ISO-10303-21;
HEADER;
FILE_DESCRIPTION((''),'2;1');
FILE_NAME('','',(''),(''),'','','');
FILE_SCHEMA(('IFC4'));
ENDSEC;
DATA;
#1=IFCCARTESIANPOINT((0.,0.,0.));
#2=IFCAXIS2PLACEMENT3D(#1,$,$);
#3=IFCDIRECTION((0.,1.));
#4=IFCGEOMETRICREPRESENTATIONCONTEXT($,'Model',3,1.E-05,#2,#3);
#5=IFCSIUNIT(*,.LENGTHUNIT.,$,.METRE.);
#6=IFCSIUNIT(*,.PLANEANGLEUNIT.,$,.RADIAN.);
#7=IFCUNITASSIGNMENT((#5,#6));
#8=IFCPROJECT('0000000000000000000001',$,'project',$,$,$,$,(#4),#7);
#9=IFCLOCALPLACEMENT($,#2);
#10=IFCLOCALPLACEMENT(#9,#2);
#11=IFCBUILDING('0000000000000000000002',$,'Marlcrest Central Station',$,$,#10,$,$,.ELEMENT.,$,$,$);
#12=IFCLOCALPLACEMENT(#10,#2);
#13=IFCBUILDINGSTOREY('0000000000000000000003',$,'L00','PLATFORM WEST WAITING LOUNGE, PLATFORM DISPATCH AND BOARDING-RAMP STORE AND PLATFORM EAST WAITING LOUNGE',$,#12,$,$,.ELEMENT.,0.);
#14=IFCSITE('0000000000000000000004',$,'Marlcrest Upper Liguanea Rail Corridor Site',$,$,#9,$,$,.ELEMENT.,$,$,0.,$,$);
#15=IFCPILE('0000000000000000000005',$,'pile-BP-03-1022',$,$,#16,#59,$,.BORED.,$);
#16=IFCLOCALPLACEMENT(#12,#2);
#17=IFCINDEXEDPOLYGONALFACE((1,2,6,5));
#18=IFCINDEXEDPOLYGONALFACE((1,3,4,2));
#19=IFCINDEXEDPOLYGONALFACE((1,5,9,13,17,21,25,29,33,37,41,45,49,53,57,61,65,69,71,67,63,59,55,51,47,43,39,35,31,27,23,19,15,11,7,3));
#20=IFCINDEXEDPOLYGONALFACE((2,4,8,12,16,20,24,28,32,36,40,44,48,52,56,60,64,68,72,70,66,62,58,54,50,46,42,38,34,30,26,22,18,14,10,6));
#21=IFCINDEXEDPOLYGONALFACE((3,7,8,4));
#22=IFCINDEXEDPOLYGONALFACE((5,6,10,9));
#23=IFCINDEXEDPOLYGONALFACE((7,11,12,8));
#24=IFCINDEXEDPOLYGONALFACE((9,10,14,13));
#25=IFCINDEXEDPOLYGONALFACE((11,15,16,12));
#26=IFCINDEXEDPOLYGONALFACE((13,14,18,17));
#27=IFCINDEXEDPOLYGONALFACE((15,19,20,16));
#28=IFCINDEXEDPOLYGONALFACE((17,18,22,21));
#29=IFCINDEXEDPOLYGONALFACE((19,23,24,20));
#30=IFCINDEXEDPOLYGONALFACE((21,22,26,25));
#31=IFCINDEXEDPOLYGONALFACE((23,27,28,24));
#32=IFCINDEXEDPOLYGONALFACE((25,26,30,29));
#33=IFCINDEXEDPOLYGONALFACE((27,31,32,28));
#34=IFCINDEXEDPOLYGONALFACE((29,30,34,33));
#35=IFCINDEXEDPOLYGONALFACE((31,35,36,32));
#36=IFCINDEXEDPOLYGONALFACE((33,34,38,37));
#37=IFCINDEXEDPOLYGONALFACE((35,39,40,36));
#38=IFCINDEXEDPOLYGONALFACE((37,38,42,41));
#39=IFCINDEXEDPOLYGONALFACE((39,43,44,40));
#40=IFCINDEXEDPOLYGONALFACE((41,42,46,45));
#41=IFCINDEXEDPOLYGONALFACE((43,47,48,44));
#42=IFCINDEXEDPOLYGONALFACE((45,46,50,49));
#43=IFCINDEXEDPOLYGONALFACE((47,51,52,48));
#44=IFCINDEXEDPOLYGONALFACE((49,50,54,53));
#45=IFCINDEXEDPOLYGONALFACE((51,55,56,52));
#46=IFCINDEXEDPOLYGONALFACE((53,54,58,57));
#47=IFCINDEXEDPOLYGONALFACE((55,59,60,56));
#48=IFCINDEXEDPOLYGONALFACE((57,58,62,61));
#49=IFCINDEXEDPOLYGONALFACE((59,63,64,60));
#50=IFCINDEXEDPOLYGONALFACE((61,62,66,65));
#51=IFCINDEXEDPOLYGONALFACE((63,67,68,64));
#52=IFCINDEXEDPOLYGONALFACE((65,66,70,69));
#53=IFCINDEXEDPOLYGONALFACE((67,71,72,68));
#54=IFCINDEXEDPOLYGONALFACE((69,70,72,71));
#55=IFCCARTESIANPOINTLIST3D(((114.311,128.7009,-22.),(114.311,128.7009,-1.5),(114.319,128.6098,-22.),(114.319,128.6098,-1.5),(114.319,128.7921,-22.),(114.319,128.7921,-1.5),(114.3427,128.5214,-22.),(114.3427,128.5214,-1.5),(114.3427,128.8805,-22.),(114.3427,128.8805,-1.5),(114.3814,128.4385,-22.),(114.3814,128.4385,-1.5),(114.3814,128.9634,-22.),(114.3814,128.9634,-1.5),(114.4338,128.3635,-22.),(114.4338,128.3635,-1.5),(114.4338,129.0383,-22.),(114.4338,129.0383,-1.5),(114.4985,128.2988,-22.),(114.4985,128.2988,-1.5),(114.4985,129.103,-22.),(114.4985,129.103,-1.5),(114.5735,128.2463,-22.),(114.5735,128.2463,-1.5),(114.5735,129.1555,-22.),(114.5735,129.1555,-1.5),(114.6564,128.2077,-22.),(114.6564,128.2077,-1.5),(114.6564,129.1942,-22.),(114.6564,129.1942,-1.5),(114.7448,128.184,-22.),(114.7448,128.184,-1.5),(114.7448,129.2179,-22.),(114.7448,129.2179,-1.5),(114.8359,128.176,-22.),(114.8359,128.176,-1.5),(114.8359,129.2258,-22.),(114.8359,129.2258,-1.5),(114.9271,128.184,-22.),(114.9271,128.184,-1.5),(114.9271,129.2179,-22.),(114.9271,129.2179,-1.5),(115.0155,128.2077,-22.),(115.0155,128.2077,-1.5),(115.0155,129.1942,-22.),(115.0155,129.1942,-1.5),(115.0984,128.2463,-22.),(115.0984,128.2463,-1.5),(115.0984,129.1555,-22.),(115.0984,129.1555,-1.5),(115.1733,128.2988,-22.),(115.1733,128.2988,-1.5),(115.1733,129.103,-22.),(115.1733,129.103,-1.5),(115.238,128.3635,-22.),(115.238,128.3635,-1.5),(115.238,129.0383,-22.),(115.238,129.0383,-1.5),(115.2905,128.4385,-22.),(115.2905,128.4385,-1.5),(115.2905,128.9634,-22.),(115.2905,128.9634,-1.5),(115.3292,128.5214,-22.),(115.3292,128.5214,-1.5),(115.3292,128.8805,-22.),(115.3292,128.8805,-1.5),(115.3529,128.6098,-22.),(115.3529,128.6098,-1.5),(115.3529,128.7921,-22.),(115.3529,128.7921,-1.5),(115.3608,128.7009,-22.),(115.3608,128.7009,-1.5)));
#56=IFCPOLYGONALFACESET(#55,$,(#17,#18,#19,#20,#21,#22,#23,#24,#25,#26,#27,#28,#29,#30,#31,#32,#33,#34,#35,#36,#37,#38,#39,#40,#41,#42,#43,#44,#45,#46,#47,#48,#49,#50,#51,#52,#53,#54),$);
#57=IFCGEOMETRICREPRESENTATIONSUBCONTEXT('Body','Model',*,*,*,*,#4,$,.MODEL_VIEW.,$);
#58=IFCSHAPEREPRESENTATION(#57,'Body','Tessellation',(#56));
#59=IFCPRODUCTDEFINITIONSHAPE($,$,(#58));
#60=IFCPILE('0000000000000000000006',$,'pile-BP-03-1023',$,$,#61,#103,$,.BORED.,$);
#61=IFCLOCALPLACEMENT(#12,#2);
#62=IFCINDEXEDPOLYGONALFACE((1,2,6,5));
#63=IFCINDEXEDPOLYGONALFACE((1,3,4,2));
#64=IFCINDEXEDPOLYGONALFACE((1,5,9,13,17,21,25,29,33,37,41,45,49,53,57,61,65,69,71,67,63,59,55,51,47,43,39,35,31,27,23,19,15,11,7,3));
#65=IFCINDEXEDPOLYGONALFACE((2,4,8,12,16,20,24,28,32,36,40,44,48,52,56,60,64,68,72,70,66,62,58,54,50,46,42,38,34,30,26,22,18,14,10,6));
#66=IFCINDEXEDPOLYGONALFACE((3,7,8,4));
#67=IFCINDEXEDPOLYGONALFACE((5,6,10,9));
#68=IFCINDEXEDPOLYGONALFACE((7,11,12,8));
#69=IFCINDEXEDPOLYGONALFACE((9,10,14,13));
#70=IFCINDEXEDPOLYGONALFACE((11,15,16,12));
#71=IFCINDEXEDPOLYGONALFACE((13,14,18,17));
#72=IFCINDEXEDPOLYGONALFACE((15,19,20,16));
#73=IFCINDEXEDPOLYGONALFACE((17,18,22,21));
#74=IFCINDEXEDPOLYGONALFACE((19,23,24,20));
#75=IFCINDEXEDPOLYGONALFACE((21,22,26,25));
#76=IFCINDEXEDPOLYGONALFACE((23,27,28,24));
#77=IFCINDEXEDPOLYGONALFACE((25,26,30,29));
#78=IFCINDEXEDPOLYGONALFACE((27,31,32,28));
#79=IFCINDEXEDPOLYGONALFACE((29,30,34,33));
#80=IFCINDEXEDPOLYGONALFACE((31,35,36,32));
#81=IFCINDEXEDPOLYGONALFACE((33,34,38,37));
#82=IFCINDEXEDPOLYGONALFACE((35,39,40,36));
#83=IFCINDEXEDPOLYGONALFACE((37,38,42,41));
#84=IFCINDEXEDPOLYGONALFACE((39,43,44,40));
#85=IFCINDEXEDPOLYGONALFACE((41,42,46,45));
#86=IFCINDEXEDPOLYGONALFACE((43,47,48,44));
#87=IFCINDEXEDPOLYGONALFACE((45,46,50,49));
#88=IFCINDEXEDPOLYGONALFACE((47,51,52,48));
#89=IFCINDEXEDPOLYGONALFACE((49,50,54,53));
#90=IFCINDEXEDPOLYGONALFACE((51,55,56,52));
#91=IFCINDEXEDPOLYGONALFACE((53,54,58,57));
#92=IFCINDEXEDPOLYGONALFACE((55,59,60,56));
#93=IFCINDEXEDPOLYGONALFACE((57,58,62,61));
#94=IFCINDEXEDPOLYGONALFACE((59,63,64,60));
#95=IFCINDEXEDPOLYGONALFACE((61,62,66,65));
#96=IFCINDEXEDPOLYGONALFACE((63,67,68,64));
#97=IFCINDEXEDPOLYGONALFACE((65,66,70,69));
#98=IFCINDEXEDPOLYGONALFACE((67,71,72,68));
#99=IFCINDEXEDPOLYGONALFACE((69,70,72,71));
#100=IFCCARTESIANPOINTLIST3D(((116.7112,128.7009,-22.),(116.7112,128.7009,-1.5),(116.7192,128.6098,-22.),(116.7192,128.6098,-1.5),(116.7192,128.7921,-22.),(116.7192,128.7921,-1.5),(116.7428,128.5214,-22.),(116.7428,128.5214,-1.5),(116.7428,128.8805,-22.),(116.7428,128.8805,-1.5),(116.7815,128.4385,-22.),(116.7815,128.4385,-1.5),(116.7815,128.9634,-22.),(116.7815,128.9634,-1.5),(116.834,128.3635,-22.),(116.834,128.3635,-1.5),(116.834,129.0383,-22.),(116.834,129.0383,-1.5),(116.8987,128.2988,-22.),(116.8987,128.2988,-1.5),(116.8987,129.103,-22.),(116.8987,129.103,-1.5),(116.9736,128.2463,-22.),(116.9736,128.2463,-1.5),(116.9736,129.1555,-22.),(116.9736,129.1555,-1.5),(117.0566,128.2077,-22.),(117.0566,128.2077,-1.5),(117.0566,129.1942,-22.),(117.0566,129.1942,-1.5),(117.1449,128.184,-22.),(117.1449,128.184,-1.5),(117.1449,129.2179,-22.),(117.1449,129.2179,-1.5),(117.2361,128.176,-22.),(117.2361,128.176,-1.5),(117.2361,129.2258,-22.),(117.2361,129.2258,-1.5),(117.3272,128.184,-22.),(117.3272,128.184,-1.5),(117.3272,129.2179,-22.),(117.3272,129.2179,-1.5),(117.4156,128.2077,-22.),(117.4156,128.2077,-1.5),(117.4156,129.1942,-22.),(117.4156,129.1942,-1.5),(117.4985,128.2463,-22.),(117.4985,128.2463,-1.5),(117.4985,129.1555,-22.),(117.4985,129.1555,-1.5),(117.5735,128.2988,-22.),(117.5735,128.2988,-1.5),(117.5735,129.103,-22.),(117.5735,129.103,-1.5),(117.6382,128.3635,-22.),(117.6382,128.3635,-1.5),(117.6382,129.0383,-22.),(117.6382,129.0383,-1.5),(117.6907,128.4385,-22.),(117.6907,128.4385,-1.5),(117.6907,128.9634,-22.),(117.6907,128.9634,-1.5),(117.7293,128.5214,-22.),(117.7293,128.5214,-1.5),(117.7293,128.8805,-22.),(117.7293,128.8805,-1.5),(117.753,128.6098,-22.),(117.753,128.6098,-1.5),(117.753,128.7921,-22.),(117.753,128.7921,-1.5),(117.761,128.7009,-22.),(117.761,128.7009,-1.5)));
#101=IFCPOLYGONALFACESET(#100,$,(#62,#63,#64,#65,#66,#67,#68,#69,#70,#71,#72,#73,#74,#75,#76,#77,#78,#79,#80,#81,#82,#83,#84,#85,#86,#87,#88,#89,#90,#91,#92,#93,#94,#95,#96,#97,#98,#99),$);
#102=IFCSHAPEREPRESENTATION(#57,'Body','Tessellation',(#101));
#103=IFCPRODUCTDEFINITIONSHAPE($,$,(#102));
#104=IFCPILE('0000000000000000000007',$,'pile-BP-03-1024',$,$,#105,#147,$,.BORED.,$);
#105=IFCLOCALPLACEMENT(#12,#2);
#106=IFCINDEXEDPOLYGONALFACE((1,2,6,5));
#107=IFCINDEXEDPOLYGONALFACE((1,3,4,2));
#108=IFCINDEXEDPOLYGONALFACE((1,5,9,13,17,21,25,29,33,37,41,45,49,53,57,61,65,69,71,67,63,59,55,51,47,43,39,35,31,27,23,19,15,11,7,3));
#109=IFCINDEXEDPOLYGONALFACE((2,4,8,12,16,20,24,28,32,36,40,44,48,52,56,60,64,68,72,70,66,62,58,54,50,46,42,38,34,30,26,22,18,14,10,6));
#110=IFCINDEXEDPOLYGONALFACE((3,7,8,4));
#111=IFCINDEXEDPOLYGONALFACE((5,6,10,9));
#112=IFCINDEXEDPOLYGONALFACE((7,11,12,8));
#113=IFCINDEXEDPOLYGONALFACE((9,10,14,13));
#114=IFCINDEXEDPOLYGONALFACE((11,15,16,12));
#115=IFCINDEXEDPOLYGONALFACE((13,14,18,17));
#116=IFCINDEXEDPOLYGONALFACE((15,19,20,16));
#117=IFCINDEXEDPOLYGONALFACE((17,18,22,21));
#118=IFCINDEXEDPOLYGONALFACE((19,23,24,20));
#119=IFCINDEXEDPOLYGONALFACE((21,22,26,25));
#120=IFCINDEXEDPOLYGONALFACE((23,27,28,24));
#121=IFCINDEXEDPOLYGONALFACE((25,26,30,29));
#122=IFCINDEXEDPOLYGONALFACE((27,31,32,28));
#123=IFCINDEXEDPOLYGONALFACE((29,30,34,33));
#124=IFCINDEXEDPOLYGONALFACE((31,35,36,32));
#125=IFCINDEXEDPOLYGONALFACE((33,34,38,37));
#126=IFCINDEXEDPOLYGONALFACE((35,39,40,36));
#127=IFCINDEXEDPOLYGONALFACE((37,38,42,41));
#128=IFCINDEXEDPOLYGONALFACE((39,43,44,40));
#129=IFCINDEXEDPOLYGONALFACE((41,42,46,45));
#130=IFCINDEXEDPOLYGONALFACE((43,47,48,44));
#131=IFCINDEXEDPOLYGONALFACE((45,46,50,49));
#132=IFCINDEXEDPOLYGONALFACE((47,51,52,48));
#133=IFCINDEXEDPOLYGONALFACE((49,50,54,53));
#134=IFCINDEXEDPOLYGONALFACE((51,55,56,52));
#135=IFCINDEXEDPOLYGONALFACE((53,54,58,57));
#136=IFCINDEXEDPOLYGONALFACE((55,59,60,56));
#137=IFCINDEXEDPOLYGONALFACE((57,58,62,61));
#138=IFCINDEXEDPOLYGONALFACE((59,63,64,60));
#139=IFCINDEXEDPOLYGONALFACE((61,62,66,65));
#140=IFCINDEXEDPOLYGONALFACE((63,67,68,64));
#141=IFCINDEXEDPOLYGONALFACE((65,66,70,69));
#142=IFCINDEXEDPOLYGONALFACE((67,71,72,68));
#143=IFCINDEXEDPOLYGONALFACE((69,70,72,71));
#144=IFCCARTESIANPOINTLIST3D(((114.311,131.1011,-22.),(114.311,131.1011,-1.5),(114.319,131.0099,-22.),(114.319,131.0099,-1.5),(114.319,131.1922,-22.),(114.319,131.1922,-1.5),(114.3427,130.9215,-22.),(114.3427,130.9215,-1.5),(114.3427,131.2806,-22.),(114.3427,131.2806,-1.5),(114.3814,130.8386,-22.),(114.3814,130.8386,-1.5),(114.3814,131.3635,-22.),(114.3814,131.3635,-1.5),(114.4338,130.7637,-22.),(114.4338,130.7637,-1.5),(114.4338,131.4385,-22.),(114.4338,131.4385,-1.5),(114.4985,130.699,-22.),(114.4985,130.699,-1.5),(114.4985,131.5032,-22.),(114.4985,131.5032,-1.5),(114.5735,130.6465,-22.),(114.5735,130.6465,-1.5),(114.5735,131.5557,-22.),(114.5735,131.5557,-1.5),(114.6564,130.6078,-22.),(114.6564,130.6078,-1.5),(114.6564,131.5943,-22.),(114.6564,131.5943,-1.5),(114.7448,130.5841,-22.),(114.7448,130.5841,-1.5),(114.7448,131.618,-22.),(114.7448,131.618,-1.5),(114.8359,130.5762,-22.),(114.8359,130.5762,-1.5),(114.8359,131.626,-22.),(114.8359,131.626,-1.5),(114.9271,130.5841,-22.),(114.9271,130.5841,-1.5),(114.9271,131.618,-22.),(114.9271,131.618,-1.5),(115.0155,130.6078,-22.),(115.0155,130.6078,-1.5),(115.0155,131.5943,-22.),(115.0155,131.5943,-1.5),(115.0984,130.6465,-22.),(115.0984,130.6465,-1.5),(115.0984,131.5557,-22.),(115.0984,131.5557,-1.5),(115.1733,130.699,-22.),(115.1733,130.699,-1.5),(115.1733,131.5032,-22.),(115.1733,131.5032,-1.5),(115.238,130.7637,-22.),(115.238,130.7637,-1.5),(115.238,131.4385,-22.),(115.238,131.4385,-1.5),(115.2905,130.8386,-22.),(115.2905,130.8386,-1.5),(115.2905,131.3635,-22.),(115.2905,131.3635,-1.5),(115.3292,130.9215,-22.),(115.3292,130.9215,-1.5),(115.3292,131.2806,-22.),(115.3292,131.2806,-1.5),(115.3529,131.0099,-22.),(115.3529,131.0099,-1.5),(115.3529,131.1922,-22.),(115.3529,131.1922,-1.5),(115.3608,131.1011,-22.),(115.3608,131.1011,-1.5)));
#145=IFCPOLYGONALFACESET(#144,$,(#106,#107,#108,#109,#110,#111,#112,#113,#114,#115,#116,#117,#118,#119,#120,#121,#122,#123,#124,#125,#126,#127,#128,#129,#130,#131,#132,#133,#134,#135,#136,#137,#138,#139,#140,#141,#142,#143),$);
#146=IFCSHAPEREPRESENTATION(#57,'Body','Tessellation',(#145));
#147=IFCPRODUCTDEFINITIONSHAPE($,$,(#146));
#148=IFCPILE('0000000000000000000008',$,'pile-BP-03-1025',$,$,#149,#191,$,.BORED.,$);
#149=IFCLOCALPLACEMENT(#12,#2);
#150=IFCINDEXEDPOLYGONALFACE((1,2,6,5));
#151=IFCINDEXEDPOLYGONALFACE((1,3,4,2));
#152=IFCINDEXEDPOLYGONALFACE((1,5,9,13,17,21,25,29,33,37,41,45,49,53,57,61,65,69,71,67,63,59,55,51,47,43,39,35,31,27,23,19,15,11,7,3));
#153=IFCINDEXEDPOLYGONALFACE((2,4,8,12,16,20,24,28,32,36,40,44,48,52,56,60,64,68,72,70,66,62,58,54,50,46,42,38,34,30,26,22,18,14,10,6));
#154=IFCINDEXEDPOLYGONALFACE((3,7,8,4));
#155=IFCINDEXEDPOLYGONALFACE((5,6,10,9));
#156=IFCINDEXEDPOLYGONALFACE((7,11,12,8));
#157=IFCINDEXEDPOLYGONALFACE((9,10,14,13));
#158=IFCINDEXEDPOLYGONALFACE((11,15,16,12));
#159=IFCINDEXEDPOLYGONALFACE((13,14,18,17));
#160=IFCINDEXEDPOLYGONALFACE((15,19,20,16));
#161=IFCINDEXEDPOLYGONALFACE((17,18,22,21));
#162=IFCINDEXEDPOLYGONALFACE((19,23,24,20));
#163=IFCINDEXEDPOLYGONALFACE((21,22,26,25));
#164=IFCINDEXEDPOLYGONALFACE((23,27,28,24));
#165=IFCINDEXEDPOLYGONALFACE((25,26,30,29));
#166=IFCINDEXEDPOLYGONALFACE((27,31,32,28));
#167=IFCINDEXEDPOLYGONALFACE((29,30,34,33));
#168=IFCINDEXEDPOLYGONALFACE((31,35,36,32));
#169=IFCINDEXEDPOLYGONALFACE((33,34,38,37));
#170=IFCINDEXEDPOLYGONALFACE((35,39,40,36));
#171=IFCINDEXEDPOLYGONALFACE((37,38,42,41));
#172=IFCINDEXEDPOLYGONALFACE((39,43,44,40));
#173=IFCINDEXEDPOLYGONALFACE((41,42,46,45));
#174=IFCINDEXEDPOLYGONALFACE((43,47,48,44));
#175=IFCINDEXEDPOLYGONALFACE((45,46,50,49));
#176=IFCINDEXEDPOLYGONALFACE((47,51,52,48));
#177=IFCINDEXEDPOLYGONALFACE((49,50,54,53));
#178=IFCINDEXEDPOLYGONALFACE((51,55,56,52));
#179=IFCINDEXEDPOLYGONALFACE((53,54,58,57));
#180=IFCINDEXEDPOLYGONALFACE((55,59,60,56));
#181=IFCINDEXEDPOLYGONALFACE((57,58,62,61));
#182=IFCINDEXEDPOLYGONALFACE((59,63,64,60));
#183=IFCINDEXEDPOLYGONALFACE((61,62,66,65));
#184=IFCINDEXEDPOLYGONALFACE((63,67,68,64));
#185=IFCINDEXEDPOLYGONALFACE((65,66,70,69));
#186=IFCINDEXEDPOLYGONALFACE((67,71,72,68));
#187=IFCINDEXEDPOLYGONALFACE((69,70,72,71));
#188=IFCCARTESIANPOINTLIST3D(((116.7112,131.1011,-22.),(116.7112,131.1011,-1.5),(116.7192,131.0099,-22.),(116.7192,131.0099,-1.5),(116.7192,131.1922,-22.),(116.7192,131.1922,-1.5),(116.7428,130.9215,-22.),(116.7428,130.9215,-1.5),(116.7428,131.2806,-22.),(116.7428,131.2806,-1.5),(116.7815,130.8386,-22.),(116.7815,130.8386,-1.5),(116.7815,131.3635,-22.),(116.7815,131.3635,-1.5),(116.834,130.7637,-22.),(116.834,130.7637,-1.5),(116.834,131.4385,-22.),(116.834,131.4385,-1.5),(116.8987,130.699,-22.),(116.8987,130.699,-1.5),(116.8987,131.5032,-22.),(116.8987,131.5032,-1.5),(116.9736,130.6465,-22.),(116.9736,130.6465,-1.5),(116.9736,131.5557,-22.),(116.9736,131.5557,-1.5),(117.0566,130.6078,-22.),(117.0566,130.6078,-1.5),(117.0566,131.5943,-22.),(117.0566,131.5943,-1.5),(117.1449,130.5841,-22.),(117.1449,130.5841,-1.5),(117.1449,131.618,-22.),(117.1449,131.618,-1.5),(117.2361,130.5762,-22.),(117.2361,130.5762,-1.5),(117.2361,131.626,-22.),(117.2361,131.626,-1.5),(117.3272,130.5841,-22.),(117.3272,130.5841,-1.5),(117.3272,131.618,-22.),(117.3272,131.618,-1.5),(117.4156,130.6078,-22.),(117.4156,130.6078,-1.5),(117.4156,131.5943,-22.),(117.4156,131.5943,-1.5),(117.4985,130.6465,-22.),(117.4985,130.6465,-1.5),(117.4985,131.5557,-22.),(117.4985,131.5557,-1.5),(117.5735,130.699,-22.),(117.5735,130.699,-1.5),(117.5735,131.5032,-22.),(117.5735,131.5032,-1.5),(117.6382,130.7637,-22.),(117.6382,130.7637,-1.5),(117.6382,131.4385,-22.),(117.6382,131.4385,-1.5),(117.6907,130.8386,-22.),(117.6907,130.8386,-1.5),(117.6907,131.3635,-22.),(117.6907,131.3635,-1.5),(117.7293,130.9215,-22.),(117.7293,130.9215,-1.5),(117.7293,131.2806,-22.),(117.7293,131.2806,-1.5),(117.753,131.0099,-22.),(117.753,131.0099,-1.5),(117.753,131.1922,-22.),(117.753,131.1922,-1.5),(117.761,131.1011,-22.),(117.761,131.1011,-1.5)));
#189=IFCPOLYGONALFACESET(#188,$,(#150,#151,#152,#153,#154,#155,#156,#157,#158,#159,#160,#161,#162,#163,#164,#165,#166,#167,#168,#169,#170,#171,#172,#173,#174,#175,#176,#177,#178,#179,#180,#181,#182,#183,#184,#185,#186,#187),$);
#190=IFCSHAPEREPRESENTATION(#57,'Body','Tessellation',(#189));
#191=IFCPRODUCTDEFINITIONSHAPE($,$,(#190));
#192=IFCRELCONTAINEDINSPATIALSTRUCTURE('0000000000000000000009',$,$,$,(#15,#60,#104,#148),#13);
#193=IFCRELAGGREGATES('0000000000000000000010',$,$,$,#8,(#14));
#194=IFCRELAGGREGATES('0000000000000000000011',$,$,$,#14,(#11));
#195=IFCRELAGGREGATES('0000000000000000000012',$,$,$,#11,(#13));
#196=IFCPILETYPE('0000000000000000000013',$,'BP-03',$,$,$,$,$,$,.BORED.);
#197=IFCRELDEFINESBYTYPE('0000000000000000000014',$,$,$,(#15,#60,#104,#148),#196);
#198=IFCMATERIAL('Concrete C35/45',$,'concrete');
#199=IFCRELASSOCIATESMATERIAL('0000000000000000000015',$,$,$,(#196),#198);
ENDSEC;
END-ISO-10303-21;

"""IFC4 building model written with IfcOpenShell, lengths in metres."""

from ifc_helpers import new_model, si_unit, direction, frame, origin, origin_2d, place, context, subcontext, project, spatial, circle, extrude, material, material_profile, profile_set, type_object, element, save


model = new_model("IFC4")

# Units and contexts
model_context = context("Model", 3, precision=1e-05, world=origin(), true_north=direction((0.0, 1.0)))
body_context = subcontext(model_context, "Body", "Model", "MODEL_VIEW")
ifc_project = project(units=[si_unit("LENGTHUNIT", "METRE"), si_unit("PLANEANGLEUNIT", "RADIAN")], contexts=[model_context])

# Site, building, storey
site_placement = place(None, origin())
site = spatial("IfcSite", under=ifc_project, at=site_placement, Name="Marlcrest Upper Liguanea Rail Corridor Site", CompositionType="ELEMENT", RefElevation=0.0)
building_placement = place(site_placement, origin())
building = spatial("IfcBuilding", under=site, at=building_placement, Name="Marlcrest Central Station", CompositionType="ELEMENT")
storey_placement = place(building_placement, origin())
storey = spatial("IfcBuildingStorey", under=building, at=storey_placement, Name="L00", Description="PLATFORM WEST WAITING LOUNGE, PLATFORM DISPATCH AND BOARDING-RAMP STORE AND PLATFORM EAST WAITING LOUNGE", CompositionType="ELEMENT", Elevation=0.0)

# Piles
ifc_material_1 = material(Name="Concrete C35/45", Category="concrete")
ifc_material_profile_1 = material_profile(ifc_material_1, circle(Radius=0.5249, at=origin_2d()), Name="PILE D1050")
ifc_profile_set_1 = profile_set([ifc_material_profile_1], Name="Concrete C35/45")
pile_type = type_object("IfcPileType", Name="BP-03", PredefinedType="BORED", material=ifc_profile_set_1)
for number, where, z_axis, x_axis, name in (
    (1, (114.8359, 128.7009, -1.5), (0.0, 0.0, -1.0), (1.0, 0.0, 0.0), "pile-BP-03-1022"),
    (2, (117.2361, 128.7009, -1.5), (0.0, 0.0, -1.0), (1.0, 0.0, 0.0), "pile-BP-03-1023"),
    (3, (114.8359, 131.1011, -1.5), (0.0, 0.0, -1.0), (1.0, 0.0, 0.0), "pile-BP-03-1024"),
    (4, (117.2361, 131.1011, -1.5), (0.0, 0.0, -1.0), (1.0, 0.0, 0.0), "pile-BP-03-1025"),
):
    element("IfcPile", number, at=place(storey_placement, frame(where, z_axis=z_axis, x_axis=x_axis)), inside=storey, type_object=pile_type, Name=name, PredefinedType="BORED", context=body_context, shape_type="SweptSolid", body=[
        extrude(circle(Radius=0.5249, at=origin_2d()), origin(), (0.0, 0.0, 1.0), 20.5),
    ])

save(model, "model.ifc")
